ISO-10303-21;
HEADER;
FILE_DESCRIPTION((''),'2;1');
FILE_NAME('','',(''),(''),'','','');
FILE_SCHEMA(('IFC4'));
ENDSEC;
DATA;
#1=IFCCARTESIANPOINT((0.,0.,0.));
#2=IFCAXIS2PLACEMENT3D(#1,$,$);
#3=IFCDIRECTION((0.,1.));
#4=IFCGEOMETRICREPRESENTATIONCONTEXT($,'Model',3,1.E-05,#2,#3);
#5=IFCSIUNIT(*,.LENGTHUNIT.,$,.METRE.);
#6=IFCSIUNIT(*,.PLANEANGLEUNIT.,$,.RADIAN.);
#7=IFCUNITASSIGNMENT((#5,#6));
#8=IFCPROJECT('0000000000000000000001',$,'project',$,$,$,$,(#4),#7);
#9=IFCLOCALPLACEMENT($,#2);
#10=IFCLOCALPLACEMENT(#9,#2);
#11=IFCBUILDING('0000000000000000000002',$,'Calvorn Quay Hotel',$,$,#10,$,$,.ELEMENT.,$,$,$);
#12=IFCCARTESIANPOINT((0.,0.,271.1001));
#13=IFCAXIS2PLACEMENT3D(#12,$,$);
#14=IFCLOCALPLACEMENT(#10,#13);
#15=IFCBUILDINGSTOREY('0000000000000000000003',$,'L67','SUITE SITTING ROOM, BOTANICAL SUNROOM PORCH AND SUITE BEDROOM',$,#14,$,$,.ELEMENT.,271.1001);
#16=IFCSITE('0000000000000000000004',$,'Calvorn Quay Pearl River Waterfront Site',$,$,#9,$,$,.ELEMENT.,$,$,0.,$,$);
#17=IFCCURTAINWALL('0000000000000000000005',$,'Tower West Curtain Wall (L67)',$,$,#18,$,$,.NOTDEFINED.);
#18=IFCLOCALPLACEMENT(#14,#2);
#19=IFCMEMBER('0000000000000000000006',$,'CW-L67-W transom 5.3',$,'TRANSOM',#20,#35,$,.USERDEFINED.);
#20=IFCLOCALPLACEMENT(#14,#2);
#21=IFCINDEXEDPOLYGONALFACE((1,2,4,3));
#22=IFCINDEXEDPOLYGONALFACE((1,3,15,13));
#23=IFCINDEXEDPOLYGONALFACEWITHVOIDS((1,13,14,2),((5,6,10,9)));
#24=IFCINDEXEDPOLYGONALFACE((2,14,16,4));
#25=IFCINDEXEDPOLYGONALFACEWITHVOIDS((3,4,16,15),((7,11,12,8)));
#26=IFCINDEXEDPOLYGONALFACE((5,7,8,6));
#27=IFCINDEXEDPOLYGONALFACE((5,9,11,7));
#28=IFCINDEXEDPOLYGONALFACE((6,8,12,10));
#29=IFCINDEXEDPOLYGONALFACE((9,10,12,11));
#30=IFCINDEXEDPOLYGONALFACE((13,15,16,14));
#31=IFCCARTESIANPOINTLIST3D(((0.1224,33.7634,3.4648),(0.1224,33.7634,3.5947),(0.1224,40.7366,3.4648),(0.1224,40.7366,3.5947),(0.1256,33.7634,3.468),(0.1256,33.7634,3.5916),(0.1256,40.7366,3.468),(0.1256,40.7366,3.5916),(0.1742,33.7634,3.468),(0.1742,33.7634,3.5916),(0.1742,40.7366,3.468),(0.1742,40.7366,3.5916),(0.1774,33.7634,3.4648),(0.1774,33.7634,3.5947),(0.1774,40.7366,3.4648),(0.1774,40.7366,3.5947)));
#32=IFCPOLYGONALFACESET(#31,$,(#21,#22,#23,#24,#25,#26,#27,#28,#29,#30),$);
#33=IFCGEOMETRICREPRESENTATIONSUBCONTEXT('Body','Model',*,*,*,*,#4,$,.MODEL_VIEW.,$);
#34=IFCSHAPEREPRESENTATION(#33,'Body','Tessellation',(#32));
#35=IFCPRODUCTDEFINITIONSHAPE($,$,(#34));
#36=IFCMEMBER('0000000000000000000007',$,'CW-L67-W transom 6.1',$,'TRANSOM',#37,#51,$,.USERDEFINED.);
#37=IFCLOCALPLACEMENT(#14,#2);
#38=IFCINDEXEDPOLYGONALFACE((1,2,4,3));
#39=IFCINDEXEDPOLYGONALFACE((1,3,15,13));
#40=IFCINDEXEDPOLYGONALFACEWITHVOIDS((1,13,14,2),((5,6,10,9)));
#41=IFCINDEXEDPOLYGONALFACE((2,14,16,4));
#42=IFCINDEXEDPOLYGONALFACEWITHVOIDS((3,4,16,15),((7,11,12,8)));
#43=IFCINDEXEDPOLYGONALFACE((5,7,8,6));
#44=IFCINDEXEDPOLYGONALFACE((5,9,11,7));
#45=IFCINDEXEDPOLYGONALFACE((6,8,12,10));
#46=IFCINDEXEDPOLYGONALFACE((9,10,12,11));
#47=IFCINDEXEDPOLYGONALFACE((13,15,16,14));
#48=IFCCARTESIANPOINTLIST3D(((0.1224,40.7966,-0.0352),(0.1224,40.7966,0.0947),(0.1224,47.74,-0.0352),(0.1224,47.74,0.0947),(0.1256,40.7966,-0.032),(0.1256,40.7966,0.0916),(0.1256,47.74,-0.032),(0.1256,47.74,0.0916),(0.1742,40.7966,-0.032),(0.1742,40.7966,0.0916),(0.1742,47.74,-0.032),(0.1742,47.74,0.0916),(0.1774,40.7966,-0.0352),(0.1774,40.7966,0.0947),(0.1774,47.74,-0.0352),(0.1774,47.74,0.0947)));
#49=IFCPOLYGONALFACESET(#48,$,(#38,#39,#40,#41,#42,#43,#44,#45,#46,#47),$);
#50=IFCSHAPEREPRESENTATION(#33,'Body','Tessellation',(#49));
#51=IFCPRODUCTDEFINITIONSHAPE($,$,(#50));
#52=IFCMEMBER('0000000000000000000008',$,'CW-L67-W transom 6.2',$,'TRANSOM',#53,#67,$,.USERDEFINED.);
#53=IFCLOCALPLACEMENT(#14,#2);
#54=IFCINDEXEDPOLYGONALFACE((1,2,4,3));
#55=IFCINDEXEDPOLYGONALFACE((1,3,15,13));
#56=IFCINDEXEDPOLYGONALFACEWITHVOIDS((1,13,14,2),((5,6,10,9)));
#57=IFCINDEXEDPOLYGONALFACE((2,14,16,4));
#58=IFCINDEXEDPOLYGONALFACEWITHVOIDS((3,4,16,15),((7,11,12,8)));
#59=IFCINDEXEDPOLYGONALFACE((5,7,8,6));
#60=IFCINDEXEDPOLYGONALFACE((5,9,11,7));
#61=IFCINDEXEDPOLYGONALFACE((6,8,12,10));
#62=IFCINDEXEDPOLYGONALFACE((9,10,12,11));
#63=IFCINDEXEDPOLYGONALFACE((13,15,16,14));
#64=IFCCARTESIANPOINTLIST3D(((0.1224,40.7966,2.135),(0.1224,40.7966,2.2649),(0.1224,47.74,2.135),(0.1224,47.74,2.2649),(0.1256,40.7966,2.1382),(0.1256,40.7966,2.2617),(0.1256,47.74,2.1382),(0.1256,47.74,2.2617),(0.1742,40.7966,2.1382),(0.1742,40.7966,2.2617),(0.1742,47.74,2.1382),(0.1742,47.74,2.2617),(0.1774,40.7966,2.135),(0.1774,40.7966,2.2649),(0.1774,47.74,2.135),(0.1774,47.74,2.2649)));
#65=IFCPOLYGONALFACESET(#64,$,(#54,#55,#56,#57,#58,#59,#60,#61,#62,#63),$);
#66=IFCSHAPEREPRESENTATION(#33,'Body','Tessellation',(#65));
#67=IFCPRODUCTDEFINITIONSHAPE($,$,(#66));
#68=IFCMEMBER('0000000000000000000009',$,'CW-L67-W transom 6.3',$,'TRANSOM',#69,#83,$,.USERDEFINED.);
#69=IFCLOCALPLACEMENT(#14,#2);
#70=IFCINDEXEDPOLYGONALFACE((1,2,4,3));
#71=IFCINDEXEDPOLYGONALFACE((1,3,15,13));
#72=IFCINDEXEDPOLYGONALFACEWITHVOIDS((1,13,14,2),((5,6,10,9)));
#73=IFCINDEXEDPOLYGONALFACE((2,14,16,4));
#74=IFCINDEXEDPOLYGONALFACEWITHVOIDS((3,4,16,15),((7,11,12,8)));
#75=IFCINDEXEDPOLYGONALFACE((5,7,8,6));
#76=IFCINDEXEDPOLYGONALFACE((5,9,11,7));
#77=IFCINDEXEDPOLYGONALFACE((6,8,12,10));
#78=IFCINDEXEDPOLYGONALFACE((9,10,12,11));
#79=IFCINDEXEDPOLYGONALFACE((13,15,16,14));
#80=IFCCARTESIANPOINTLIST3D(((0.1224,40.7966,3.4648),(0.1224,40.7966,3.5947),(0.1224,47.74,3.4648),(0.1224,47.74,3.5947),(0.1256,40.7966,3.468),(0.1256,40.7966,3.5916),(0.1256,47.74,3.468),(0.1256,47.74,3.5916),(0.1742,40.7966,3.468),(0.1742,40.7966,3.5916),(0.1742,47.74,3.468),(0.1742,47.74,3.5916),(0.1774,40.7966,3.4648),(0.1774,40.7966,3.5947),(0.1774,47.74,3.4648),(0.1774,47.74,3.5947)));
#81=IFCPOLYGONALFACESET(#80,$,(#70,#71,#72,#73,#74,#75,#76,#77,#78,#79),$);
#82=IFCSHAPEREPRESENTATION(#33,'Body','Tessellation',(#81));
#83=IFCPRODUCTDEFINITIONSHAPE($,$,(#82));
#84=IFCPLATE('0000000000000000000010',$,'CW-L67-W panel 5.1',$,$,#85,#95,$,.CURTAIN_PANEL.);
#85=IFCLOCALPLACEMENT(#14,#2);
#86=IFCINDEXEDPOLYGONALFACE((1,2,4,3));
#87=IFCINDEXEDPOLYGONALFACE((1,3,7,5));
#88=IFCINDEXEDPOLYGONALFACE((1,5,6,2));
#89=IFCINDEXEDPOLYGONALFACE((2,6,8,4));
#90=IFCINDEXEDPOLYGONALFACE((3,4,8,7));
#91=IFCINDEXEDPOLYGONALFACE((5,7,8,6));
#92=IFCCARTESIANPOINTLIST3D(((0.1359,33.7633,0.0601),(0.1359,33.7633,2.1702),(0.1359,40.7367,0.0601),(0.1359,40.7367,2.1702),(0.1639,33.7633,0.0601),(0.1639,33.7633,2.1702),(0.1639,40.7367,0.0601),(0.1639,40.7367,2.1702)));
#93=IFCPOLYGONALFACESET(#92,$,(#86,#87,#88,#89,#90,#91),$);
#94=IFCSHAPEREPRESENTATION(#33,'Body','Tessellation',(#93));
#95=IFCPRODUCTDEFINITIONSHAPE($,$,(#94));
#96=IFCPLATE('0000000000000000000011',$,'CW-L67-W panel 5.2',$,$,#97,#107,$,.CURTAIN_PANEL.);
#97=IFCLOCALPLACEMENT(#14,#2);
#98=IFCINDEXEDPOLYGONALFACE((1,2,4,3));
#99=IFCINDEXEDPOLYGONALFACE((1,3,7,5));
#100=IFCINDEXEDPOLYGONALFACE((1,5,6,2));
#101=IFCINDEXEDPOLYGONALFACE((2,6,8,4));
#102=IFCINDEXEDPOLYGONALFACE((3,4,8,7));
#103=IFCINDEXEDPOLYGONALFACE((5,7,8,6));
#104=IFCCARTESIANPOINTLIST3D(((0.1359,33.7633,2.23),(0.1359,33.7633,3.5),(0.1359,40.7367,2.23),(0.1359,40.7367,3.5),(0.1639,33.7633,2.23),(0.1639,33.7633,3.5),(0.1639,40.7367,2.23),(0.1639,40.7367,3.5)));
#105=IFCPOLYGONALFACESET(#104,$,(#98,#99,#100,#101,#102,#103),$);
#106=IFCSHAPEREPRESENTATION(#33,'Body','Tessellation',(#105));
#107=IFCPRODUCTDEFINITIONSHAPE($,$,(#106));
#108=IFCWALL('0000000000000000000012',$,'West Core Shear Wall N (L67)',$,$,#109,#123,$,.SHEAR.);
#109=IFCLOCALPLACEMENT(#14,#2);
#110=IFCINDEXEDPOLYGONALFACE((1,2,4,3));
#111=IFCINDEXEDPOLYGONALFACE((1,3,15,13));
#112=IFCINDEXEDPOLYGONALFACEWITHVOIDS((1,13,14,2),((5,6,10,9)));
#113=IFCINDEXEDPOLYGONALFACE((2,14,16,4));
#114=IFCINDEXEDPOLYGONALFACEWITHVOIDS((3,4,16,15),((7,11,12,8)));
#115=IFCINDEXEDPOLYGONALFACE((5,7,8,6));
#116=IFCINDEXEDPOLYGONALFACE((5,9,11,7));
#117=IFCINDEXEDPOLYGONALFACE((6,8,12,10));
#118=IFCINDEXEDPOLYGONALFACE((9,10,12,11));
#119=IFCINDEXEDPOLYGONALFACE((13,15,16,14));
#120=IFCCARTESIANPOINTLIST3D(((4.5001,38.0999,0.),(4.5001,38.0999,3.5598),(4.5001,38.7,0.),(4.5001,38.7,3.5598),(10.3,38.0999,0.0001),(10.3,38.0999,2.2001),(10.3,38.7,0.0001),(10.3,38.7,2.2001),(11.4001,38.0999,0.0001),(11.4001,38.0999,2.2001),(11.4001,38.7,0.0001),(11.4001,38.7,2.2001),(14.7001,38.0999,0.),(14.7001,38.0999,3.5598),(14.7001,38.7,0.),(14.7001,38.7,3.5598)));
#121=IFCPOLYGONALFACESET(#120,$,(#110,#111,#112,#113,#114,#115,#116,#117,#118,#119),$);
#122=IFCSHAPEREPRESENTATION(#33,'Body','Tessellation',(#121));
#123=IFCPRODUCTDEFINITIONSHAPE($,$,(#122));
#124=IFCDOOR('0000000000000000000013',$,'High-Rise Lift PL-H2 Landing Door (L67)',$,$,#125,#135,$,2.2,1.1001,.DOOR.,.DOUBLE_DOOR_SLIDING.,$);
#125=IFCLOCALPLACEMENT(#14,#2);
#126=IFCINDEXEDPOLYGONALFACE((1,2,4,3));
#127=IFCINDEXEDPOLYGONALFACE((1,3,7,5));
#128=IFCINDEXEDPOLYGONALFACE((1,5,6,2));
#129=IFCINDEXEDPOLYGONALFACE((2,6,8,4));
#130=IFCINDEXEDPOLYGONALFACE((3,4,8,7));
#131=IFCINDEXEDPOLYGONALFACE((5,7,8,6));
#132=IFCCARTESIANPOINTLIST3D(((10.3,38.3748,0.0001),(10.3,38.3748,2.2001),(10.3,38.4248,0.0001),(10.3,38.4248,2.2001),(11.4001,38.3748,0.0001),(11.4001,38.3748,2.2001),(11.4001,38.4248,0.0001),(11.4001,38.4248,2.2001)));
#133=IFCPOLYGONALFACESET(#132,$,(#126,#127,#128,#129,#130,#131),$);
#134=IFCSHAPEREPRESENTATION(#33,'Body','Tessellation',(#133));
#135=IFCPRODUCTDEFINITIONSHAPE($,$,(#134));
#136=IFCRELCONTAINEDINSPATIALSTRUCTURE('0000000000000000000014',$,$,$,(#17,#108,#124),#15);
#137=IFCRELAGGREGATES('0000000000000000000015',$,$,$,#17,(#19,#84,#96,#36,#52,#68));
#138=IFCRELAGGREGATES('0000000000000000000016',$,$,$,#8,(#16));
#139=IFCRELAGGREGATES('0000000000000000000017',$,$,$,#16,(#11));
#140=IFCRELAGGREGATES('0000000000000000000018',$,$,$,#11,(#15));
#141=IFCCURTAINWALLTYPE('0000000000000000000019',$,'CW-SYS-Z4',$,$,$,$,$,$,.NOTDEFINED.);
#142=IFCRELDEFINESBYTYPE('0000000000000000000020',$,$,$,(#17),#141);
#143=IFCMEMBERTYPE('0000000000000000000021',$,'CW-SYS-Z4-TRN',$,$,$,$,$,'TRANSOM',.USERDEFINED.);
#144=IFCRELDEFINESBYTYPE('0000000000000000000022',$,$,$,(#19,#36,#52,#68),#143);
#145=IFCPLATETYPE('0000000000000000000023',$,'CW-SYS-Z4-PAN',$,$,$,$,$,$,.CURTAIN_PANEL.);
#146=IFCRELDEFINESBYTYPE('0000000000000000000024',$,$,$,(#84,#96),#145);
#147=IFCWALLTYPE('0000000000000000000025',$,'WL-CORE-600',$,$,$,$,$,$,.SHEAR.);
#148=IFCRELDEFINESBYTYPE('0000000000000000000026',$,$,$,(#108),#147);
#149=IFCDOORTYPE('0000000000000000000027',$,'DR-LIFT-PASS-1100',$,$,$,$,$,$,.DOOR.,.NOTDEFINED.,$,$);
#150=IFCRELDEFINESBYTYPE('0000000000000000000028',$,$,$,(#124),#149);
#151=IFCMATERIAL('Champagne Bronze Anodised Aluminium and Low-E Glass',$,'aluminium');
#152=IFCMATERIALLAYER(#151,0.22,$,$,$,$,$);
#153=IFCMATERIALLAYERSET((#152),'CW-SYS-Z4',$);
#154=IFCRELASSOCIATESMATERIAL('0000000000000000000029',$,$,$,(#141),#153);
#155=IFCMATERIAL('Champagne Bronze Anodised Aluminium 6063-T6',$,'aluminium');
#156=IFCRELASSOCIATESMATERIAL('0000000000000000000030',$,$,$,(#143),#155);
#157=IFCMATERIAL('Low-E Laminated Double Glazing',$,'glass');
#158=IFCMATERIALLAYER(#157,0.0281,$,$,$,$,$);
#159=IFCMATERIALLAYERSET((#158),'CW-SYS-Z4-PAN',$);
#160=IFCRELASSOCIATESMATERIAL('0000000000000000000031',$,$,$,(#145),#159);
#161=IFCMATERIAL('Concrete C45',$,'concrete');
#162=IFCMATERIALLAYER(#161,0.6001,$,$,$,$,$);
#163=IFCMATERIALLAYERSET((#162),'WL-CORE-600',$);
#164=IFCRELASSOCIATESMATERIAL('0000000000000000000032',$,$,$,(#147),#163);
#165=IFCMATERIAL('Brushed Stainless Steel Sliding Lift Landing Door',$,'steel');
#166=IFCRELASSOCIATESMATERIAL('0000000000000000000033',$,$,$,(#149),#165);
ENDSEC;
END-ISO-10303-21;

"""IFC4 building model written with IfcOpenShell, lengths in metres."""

from ifc_helpers import new_model, si_unit, direction, frame, frame_2d, origin, origin_2d, place, context, subcontext, project, spatial, rectangle, hollow_rectangle, extrude, material, layer, layer_set, material_profile, profile_set, type_object, element, fill, aggregate, save


model = new_model("IFC4")

# Units and contexts
model_context = context("Model", 3, precision=1e-05, world=origin(), true_north=direction((0.0, 1.0)))
body_context = subcontext(model_context, "Body", "Model", "MODEL_VIEW")
ifc_project = project(units=[si_unit("LENGTHUNIT", "METRE"), si_unit("PLANEANGLEUNIT", "RADIAN")], contexts=[model_context])

# Site, building, storey
site_placement = place(None, origin())
site = spatial("IfcSite", under=ifc_project, at=site_placement, Name="Calvorn Quay Pearl River Waterfront Site", CompositionType="ELEMENT", RefElevation=0.0)
building_placement = place(site_placement, origin())
building = spatial("IfcBuilding", under=site, at=building_placement, Name="Calvorn Quay Hotel", CompositionType="ELEMENT")
storey_placement = place(building_placement, frame((0.0, 0.0, 271.1001)))
storey = spatial("IfcBuildingStorey", under=building, at=storey_placement, Name="L67", Description="SUITE SITTING ROOM, BOTANICAL SUNROOM PORCH AND SUITE BEDROOM", CompositionType="ELEMENT", Elevation=271.1001)

# Curtain wall, members, plates
ifc_material_1 = material(Name="Champagne Bronze Anodised Aluminium and Low-E Glass", Category="aluminium")
ifc_layer_1 = layer(ifc_material_1, 0.22)
ifc_layer_set_1 = layer_set([ifc_layer_1], Name="CW-SYS-Z4")
curtain_wall_type = type_object("IfcCurtainWallType", Name="CW-SYS-Z4", PredefinedType="NOTDEFINED", material=ifc_layer_set_1)
curtain_wall_placement = place(storey_placement, origin())
curtain_wall = element("IfcCurtainWall", 1, at=curtain_wall_placement, inside=storey, type_object=curtain_wall_type, Name="Tower West Curtain Wall (L67)", PredefinedType="NOTDEFINED")
ifc_material_2 = material(Name="Champagne Bronze Anodised Aluminium 6063-T6", Category="aluminium")
ifc_material_profile_1 = material_profile(ifc_material_2, hollow_rectangle(XDim=0.0549, YDim=0.1299, WallThickness=0.0032, at=origin_2d()), Name="ALU-T130x55x3.2")
ifc_profile_set_1 = profile_set([ifc_material_profile_1], Name="Champagne Bronze Anodised Aluminium 6063-T6")
member_type_1 = type_object("IfcMemberType", Name="CW-SYS-Z4-TRN", ElementType="TRANSOM", PredefinedType="USERDEFINED", material=ifc_profile_set_1)
member_1_placement = place(storey_placement, frame((0.1499, 33.7634, 3.5298), z_axis=(0.0, 1.0, 0.0), x_axis=(-1.0, 0.0, 0.0)))
member_1 = element("IfcMember", 2, at=member_1_placement, type_object=member_type_1, Name="CW-L67-W transom 5.3", ObjectType="TRANSOM", PredefinedType="USERDEFINED", context=body_context, shape_type="SweptSolid", body=[
    extrude(hollow_rectangle(XDim=0.0549, YDim=0.1299, WallThickness=0.0032, at=origin_2d()), origin(), (0.0, 0.0, 1.0), 6.9731),
])
member_2_placement = place(storey_placement, frame((0.1499, 40.7966, 0.0298), z_axis=(0.0, 1.0, 0.0), x_axis=(-1.0, 0.0, 0.0)))
member_2 = element("IfcMember", 3, at=member_2_placement, type_object=member_type_1, Name="CW-L67-W transom 6.1", ObjectType="TRANSOM", PredefinedType="USERDEFINED", context=body_context, shape_type="SweptSolid", body=[
    extrude(hollow_rectangle(XDim=0.0549, YDim=0.1299, WallThickness=0.0032, at=origin_2d()), origin(), (0.0, 0.0, 1.0), 6.9434),
])
member_3_placement = place(storey_placement, frame((0.1499, 40.7966, 2.2), z_axis=(0.0, 1.0, 0.0), x_axis=(-1.0, 0.0, 0.0)))
member_3 = element("IfcMember", 4, at=member_3_placement, type_object=member_type_1, Name="CW-L67-W transom 6.2", ObjectType="TRANSOM", PredefinedType="USERDEFINED", context=body_context, shape_type="SweptSolid", body=[
    extrude(hollow_rectangle(XDim=0.0549, YDim=0.1299, WallThickness=0.0032, at=origin_2d()), origin(), (0.0, 0.0, 1.0), 6.9434),
])
member_4_placement = place(storey_placement, frame((0.1499, 40.7966, 3.5298), z_axis=(0.0, 1.0, 0.0), x_axis=(-1.0, 0.0, 0.0)))
member_4 = element("IfcMember", 5, at=member_4_placement, type_object=member_type_1, Name="CW-L67-W transom 6.3", ObjectType="TRANSOM", PredefinedType="USERDEFINED", context=body_context, shape_type="SweptSolid", body=[
    extrude(hollow_rectangle(XDim=0.0549, YDim=0.1299, WallThickness=0.0032, at=origin_2d()), origin(), (0.0, 0.0, 1.0), 6.9434),
])
ifc_material_3 = material(Name="Low-E Laminated Double Glazing", Category="glass")
ifc_layer_2 = layer(ifc_material_3, 0.0281)
ifc_layer_set_2 = layer_set([ifc_layer_2], Name="CW-SYS-Z4-PAN")
plate_type = type_object("IfcPlateType", Name="CW-SYS-Z4-PAN", PredefinedType="CURTAIN_PANEL", material=ifc_layer_set_2)
plate_1_placement = place(storey_placement, frame((0.1499, 37.25, 0.0601), z_axis=(0.0, 0.0, 1.0), x_axis=(0.0, 1.0, 0.0)))
plate_1 = element("IfcPlate", 6, at=plate_1_placement, type_object=plate_type, Name="CW-L67-W panel 5.1", PredefinedType="CURTAIN_PANEL", context=body_context, shape_type="SweptSolid", body=[
    extrude(rectangle(XDim=6.9734, YDim=0.0281, at=origin_2d()), origin(), (0.0, 0.0, 1.0), 2.1101),
])
plate_2_placement = place(storey_placement, frame((0.1499, 37.25, 2.23), z_axis=(0.0, 0.0, 1.0), x_axis=(0.0, 1.0, 0.0)))
plate_2 = element("IfcPlate", 7, at=plate_2_placement, type_object=plate_type, Name="CW-L67-W panel 5.2", PredefinedType="CURTAIN_PANEL", context=body_context, shape_type="SweptSolid", body=[
    extrude(rectangle(XDim=6.9734, YDim=0.0281, at=origin_2d()), origin(), (0.0, 0.0, 1.0), 1.27),
])
aggregate(curtain_wall, [member_1, plate_1, plate_2, member_2, member_3, member_4])

# Wall, opening, door
ifc_material_4 = material(Name="Concrete C45", Category="concrete")
ifc_layer_3 = layer(ifc_material_4, 0.6001)
ifc_layer_set_3 = layer_set([ifc_layer_3], Name="WL-CORE-600")
wall_type_1 = type_object("IfcWallType", Name="WL-CORE-600", PredefinedType="SHEAR", material=ifc_layer_set_3)
wall_1_placement = place(storey_placement, frame((4.5, 38.3999, 0.0), z_axis=(0.0, 0.0, 1.0), x_axis=(1.0, 0.0, 0.0)))
wall_1 = element("IfcWall", 8, at=wall_1_placement, inside=storey, type_object=wall_type_1, Name="West Core Shear Wall N (L67)", PredefinedType="SHEAR", context=body_context, shape_type="SweptSolid", body=[
    extrude(rectangle(XDim=10.2, YDim=0.6001, at=frame_2d((5.1001, 0.0))), origin(), (0.0, 0.0, 1.0), 3.5598),
])
opening_1_placement = place(wall_1_placement, frame((5.8, 0.0, 0.0)))
opening_1 = element("IfcOpeningElement", 9, at=opening_1_placement, cuts=wall_1, PredefinedType="OPENING", context=body_context, shape_type="SweptSolid", body=[
    extrude(rectangle(XDim=1.1001, YDim=2.2, at=frame_2d((0.55, 1.1001))), frame((0.0, 0.3101, 0.0), z_axis=(0.0, -1.0, 0.0), x_axis=(1.0, 0.0, 0.0)), (0.0, 0.0, 1.0), 0.6201),
])
ifc_material_5 = material(Name="Brushed Stainless Steel Sliding Lift Landing Door", Category="steel")
door_type_1 = type_object("IfcDoorType", Name="DR-LIFT-PASS-1100", OperationType="NOTDEFINED", PredefinedType="DOOR", material=ifc_material_5)
door_1_placement = place(opening_1_placement, origin())
door_1 = element("IfcDoor", 10, at=door_1_placement, inside=storey, type_object=door_type_1, Name="High-Rise Lift PL-H2 Landing Door (L67)", OperationType="DOUBLE_DOOR_SLIDING", OverallHeight=2.2, OverallWidth=1.1001, PredefinedType="DOOR", context=body_context, shape_type="SweptSolid", body=[
    extrude(rectangle(XDim=1.1001, YDim=2.2, at=frame_2d((0.55, 1.1001))), frame((0.0, 0.0249, 0.0), z_axis=(0.0, -1.0, 0.0), x_axis=(1.0, 0.0, 0.0)), (0.0, 0.0, 1.0), 0.05),
])
fill(opening_1, door_1)

save(model, "model.ifc")
